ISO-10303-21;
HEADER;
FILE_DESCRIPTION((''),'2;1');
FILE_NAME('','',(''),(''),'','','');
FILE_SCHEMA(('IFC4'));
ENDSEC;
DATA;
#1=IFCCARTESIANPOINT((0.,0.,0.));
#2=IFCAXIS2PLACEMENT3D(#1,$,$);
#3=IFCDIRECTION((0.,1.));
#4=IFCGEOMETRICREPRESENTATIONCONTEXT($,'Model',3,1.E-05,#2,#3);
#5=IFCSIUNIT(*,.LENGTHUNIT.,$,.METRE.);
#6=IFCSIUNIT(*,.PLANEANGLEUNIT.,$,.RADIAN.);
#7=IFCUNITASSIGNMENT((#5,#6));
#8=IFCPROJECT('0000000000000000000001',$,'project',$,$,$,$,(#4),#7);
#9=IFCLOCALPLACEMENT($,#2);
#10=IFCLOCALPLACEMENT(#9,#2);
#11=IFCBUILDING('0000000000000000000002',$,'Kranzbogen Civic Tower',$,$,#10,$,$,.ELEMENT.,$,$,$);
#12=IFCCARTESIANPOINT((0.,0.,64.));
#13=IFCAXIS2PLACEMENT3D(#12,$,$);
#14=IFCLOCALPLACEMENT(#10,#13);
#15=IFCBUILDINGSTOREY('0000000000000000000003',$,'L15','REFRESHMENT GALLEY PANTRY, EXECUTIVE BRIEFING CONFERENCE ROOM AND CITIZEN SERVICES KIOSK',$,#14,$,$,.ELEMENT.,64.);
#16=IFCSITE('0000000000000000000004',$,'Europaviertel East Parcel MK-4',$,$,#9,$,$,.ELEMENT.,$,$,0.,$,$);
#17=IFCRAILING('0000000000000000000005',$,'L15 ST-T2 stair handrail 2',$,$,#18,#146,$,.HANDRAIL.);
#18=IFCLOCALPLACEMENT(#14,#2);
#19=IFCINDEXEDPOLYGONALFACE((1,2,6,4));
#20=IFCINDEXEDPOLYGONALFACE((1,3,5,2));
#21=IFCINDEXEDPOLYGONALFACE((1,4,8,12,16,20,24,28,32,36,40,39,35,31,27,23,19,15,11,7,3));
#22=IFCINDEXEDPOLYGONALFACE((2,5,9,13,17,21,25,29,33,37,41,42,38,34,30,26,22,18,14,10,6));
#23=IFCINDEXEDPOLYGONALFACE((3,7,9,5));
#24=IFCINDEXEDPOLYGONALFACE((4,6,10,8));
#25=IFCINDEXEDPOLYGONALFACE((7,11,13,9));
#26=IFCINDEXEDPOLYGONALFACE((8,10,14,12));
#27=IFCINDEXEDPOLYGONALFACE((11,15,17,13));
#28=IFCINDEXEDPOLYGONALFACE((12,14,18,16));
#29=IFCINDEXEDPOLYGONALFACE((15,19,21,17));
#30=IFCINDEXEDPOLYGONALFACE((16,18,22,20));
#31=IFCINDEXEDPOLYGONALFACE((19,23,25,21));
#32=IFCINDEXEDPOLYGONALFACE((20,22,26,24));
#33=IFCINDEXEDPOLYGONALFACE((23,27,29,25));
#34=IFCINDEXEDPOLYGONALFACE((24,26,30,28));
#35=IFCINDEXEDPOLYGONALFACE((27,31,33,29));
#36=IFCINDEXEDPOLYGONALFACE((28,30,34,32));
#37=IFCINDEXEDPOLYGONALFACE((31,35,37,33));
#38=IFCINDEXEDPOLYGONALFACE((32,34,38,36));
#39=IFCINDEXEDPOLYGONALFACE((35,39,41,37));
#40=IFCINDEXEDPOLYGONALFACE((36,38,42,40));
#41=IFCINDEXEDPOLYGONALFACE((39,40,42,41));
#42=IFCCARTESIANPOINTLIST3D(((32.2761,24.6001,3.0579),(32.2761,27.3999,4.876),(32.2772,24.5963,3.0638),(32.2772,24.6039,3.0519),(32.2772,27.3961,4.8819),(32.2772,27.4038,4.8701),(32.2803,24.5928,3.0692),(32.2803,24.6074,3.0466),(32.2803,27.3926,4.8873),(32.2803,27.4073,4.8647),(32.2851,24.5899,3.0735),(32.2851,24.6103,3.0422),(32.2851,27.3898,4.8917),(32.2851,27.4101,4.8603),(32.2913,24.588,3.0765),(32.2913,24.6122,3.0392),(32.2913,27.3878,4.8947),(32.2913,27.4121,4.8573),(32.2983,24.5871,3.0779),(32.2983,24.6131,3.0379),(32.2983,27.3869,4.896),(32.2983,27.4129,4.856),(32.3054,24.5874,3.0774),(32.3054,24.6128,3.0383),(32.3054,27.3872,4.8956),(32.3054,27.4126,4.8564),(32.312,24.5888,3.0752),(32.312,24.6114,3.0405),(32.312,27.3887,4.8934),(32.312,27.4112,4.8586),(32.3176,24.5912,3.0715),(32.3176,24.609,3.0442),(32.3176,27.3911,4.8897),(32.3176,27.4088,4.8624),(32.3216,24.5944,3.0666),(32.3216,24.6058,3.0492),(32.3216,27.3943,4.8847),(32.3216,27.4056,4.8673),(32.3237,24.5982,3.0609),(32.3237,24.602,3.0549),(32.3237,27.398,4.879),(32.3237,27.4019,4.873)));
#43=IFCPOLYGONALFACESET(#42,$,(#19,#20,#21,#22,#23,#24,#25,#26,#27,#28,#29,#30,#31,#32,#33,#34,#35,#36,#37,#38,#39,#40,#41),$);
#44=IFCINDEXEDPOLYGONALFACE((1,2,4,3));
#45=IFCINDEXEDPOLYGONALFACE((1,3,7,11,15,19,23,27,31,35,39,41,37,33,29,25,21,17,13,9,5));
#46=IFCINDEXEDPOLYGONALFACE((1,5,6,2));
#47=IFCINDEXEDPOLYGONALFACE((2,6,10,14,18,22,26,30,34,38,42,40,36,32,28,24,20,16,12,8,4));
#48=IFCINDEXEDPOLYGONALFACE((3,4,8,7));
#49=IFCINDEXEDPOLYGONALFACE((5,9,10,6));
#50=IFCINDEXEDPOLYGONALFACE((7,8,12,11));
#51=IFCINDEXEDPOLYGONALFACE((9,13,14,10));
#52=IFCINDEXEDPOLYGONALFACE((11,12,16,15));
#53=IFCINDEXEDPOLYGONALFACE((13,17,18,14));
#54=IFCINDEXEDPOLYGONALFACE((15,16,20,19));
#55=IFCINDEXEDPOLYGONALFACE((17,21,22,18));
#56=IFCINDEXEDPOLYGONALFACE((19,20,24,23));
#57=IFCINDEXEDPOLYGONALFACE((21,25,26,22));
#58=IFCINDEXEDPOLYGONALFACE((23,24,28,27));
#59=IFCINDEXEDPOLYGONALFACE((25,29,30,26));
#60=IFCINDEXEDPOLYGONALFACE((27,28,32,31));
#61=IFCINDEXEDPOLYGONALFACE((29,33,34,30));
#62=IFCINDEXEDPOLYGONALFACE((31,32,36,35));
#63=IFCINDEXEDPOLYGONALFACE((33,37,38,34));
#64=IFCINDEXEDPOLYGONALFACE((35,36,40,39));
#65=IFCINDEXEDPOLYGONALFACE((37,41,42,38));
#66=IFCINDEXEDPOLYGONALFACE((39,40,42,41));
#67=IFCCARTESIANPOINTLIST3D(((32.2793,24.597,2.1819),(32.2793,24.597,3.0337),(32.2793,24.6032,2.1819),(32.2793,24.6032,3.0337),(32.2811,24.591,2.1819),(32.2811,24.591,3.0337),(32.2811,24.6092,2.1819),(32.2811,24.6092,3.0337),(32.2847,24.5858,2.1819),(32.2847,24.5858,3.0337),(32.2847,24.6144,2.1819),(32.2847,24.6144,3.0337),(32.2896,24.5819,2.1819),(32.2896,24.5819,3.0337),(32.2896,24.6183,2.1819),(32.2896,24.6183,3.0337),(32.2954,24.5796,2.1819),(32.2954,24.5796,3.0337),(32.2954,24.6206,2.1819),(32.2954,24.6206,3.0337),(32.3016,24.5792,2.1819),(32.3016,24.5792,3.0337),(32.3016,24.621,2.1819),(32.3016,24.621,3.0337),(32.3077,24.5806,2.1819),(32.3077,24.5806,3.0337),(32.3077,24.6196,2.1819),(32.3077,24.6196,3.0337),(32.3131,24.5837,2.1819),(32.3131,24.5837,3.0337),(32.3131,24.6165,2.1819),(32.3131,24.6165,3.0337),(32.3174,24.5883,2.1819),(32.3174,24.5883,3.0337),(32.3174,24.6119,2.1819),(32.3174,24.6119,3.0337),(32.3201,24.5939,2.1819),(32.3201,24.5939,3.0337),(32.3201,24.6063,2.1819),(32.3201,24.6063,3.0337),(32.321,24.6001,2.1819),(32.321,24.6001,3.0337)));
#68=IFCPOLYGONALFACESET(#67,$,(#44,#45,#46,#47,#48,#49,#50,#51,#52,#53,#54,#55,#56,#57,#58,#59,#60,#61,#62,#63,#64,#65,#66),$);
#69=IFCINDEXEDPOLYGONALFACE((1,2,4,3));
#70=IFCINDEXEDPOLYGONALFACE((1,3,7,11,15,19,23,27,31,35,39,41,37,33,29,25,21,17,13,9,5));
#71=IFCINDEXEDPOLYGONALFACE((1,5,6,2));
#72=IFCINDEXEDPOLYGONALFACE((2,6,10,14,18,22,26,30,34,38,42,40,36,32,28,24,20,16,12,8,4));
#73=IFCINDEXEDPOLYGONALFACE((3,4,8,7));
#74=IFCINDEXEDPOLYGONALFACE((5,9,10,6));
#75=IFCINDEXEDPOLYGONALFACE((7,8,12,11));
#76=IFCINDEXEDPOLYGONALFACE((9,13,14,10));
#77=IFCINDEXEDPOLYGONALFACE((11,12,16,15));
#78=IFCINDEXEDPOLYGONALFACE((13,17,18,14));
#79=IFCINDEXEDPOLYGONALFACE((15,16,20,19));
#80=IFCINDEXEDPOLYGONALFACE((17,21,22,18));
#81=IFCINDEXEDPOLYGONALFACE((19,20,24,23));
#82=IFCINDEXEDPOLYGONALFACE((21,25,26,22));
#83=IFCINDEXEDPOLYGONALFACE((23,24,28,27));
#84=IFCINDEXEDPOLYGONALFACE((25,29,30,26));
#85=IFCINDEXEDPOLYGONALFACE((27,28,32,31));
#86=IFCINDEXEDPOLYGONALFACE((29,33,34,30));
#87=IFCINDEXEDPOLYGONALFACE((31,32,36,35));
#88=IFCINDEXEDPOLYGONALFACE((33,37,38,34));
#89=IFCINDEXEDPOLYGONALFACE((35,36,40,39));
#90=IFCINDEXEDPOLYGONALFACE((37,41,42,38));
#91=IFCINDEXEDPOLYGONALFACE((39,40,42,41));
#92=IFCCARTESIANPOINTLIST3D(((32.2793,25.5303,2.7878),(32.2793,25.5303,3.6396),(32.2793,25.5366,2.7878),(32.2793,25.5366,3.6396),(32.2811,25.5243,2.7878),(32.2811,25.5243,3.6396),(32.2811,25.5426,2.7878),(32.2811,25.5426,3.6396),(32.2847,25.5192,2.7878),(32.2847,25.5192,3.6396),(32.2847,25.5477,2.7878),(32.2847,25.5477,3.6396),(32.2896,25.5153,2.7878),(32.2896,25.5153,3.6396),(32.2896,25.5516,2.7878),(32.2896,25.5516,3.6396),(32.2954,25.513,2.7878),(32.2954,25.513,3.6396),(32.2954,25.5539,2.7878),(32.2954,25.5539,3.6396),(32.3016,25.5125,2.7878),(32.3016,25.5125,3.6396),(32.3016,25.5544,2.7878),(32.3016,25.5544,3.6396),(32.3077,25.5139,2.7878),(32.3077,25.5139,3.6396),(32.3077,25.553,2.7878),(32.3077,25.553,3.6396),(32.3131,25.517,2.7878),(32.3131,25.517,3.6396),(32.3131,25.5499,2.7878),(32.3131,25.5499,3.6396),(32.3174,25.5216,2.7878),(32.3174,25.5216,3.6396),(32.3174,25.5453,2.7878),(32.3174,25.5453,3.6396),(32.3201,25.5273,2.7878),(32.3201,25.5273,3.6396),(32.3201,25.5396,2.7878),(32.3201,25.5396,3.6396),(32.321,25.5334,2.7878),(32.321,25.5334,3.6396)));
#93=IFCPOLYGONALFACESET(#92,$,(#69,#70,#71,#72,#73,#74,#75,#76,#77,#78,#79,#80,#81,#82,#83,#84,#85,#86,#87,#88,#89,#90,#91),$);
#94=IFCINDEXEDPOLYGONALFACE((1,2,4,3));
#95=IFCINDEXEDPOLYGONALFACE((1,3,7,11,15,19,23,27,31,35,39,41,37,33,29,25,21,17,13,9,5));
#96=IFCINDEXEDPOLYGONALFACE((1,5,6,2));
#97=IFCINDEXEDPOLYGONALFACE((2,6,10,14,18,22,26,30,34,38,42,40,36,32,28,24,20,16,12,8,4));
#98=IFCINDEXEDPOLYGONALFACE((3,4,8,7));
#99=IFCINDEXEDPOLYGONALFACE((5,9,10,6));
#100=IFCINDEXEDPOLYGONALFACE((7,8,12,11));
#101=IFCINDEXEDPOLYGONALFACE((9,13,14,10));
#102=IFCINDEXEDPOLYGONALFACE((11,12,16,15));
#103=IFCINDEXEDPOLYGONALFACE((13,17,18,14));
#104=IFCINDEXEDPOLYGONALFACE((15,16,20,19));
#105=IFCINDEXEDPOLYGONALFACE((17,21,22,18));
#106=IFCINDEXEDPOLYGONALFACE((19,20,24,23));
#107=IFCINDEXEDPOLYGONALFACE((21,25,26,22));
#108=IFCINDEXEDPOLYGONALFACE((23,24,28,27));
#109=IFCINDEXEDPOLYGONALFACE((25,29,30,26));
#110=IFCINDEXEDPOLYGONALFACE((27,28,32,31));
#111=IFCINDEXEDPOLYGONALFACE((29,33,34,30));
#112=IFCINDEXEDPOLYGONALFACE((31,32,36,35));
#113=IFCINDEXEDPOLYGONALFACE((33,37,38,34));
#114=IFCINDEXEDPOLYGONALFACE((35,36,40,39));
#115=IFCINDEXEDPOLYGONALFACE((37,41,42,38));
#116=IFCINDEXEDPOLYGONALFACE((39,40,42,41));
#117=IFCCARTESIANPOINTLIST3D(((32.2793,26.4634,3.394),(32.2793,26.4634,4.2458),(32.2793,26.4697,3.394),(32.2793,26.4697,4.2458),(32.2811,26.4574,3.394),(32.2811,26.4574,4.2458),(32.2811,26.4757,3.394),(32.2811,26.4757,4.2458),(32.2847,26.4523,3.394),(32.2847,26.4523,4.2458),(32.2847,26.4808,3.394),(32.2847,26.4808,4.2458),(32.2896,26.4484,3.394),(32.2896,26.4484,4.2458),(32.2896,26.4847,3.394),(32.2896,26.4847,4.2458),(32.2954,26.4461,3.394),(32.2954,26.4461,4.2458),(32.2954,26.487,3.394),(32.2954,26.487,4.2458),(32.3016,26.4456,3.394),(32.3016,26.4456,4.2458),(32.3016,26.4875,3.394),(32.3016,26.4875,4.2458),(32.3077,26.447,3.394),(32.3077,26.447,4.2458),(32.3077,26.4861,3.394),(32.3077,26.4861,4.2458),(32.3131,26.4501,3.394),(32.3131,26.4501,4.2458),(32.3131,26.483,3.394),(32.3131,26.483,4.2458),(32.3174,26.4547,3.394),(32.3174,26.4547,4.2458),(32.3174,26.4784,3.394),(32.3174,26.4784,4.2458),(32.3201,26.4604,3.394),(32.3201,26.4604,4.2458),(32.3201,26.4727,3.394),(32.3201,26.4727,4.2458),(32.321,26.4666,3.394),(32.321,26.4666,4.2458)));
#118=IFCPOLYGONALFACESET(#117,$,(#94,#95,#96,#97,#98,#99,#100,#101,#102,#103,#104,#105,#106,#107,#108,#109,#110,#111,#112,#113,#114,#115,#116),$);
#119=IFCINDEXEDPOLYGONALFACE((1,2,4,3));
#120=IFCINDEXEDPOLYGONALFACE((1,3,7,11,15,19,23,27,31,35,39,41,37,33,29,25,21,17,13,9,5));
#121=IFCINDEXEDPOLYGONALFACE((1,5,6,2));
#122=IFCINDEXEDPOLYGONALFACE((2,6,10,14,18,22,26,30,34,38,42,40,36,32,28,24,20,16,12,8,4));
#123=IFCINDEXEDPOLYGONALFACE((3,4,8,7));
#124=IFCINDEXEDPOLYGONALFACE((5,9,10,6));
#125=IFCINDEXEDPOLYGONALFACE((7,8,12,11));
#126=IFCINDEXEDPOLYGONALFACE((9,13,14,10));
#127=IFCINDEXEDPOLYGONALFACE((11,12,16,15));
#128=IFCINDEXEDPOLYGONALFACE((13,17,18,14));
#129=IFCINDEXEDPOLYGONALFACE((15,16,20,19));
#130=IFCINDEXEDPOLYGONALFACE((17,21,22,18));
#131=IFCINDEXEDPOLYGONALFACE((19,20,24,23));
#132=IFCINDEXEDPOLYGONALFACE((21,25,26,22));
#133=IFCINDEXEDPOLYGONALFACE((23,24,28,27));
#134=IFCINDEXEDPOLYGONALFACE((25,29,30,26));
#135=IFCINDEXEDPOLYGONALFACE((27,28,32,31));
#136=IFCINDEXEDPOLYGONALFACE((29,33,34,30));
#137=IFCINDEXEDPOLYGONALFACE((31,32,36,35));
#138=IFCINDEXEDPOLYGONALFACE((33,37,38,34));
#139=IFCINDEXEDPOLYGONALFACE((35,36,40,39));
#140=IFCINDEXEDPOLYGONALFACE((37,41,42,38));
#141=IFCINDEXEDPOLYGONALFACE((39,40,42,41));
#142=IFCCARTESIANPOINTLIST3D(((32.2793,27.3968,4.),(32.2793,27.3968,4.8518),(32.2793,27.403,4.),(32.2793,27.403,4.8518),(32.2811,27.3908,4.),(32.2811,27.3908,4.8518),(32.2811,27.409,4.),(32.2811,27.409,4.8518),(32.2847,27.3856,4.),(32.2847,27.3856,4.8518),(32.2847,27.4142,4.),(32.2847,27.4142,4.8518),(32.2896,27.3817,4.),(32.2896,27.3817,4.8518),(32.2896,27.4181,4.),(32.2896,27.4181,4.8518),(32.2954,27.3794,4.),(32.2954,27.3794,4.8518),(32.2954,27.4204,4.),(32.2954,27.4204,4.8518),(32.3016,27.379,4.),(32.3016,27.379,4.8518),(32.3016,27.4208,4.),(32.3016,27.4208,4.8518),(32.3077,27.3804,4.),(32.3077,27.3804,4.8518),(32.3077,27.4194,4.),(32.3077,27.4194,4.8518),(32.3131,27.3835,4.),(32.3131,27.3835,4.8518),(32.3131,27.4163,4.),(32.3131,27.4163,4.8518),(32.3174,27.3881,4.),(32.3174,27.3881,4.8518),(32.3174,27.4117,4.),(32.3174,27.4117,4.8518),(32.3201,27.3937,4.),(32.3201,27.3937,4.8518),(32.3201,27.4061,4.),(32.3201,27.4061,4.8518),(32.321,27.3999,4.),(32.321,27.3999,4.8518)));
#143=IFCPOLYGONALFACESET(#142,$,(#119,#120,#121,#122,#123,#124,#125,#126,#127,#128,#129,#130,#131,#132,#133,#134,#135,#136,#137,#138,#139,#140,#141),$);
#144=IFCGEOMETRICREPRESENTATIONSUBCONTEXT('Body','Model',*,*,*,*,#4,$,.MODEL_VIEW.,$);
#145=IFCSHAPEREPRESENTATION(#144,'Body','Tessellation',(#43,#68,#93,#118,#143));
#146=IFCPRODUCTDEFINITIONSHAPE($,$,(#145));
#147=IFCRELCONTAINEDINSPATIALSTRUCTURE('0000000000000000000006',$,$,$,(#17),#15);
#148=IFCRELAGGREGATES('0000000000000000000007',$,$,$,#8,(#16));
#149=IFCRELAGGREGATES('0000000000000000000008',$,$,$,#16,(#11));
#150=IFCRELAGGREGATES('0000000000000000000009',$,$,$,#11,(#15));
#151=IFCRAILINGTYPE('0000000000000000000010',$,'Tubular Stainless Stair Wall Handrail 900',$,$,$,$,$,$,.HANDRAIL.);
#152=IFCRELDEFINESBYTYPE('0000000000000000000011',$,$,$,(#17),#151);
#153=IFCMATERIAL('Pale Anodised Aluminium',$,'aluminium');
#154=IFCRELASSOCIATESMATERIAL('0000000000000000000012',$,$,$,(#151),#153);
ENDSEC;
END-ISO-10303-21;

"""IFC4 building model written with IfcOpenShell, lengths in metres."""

from ifc_helpers import new_model, si_unit, direction, frame, origin, origin_2d, place, context, subcontext, project, spatial, circle, extrude, material, type_object, element, save


model = new_model("IFC4")

# Units and contexts
model_context = context("Model", 3, precision=1e-05, world=origin(), true_north=direction((0.0, 1.0)))
body_context = subcontext(model_context, "Body", "Model", "MODEL_VIEW")
ifc_project = project(units=[si_unit("LENGTHUNIT", "METRE"), si_unit("PLANEANGLEUNIT", "RADIAN")], contexts=[model_context])

# Site, building, storey
site_placement = place(None, origin())
site = spatial("IfcSite", under=ifc_project, at=site_placement, Name="Europaviertel East Parcel MK-4", CompositionType="ELEMENT", RefElevation=0.0)
building_placement = place(site_placement, origin())
building = spatial("IfcBuilding", under=site, at=building_placement, Name="Kranzbogen Civic Tower", CompositionType="ELEMENT")
storey_placement = place(building_placement, frame((0.0, 0.0, 64.0)))
storey = spatial("IfcBuildingStorey", under=building, at=storey_placement, Name="L15", Description="REFRESHMENT GALLEY PANTRY, EXECUTIVE BRIEFING CONFERENCE ROOM AND CITIZEN SERVICES KIOSK", CompositionType="ELEMENT", Elevation=64.0)

# Railing
ifc_material_1 = material(Name="Pale Anodised Aluminium", Category="aluminium")
railing_type_1 = type_object("IfcRailingType", Name="Tubular Stainless Stair Wall Handrail 900", PredefinedType="HANDRAIL", material=ifc_material_1)
railing_1_placement = place(storey_placement, frame((32.3, 24.6001, 2.1819)))
element("IfcRailing", 1, at=railing_1_placement, inside=storey, type_object=railing_type_1, Name="L15 ST-T2 stair handrail 2", PredefinedType="HANDRAIL", context=body_context, shape_type="SweptSolid", body=[
    extrude(circle(Radius=0.0239, at=origin_2d()), frame((0.0, 0.0, 0.876), z_axis=(0.0, 0.838684, 0.544618), x_axis=(-1.0, 0.0, 0.0)), (0.0, 0.0, 1.0), 3.3384),
    extrude(circle(Radius=0.021, at=origin_2d()), origin(), (0.0, 0.0, 1.0), 0.8518),
    extrude(circle(Radius=0.021, at=origin_2d()), frame((0.0, 0.9333, 0.606)), (0.0, 0.0, 1.0), 0.8518),
    extrude(circle(Radius=0.021, at=origin_2d()), frame((0.0, 1.8665, 1.2122)), (0.0, 0.0, 1.0), 0.8518),
    extrude(circle(Radius=0.021, at=origin_2d()), frame((0.0, 2.7998, 1.8181)), (0.0, 0.0, 1.0), 0.8518),
])

save(model, "model.ifc")
